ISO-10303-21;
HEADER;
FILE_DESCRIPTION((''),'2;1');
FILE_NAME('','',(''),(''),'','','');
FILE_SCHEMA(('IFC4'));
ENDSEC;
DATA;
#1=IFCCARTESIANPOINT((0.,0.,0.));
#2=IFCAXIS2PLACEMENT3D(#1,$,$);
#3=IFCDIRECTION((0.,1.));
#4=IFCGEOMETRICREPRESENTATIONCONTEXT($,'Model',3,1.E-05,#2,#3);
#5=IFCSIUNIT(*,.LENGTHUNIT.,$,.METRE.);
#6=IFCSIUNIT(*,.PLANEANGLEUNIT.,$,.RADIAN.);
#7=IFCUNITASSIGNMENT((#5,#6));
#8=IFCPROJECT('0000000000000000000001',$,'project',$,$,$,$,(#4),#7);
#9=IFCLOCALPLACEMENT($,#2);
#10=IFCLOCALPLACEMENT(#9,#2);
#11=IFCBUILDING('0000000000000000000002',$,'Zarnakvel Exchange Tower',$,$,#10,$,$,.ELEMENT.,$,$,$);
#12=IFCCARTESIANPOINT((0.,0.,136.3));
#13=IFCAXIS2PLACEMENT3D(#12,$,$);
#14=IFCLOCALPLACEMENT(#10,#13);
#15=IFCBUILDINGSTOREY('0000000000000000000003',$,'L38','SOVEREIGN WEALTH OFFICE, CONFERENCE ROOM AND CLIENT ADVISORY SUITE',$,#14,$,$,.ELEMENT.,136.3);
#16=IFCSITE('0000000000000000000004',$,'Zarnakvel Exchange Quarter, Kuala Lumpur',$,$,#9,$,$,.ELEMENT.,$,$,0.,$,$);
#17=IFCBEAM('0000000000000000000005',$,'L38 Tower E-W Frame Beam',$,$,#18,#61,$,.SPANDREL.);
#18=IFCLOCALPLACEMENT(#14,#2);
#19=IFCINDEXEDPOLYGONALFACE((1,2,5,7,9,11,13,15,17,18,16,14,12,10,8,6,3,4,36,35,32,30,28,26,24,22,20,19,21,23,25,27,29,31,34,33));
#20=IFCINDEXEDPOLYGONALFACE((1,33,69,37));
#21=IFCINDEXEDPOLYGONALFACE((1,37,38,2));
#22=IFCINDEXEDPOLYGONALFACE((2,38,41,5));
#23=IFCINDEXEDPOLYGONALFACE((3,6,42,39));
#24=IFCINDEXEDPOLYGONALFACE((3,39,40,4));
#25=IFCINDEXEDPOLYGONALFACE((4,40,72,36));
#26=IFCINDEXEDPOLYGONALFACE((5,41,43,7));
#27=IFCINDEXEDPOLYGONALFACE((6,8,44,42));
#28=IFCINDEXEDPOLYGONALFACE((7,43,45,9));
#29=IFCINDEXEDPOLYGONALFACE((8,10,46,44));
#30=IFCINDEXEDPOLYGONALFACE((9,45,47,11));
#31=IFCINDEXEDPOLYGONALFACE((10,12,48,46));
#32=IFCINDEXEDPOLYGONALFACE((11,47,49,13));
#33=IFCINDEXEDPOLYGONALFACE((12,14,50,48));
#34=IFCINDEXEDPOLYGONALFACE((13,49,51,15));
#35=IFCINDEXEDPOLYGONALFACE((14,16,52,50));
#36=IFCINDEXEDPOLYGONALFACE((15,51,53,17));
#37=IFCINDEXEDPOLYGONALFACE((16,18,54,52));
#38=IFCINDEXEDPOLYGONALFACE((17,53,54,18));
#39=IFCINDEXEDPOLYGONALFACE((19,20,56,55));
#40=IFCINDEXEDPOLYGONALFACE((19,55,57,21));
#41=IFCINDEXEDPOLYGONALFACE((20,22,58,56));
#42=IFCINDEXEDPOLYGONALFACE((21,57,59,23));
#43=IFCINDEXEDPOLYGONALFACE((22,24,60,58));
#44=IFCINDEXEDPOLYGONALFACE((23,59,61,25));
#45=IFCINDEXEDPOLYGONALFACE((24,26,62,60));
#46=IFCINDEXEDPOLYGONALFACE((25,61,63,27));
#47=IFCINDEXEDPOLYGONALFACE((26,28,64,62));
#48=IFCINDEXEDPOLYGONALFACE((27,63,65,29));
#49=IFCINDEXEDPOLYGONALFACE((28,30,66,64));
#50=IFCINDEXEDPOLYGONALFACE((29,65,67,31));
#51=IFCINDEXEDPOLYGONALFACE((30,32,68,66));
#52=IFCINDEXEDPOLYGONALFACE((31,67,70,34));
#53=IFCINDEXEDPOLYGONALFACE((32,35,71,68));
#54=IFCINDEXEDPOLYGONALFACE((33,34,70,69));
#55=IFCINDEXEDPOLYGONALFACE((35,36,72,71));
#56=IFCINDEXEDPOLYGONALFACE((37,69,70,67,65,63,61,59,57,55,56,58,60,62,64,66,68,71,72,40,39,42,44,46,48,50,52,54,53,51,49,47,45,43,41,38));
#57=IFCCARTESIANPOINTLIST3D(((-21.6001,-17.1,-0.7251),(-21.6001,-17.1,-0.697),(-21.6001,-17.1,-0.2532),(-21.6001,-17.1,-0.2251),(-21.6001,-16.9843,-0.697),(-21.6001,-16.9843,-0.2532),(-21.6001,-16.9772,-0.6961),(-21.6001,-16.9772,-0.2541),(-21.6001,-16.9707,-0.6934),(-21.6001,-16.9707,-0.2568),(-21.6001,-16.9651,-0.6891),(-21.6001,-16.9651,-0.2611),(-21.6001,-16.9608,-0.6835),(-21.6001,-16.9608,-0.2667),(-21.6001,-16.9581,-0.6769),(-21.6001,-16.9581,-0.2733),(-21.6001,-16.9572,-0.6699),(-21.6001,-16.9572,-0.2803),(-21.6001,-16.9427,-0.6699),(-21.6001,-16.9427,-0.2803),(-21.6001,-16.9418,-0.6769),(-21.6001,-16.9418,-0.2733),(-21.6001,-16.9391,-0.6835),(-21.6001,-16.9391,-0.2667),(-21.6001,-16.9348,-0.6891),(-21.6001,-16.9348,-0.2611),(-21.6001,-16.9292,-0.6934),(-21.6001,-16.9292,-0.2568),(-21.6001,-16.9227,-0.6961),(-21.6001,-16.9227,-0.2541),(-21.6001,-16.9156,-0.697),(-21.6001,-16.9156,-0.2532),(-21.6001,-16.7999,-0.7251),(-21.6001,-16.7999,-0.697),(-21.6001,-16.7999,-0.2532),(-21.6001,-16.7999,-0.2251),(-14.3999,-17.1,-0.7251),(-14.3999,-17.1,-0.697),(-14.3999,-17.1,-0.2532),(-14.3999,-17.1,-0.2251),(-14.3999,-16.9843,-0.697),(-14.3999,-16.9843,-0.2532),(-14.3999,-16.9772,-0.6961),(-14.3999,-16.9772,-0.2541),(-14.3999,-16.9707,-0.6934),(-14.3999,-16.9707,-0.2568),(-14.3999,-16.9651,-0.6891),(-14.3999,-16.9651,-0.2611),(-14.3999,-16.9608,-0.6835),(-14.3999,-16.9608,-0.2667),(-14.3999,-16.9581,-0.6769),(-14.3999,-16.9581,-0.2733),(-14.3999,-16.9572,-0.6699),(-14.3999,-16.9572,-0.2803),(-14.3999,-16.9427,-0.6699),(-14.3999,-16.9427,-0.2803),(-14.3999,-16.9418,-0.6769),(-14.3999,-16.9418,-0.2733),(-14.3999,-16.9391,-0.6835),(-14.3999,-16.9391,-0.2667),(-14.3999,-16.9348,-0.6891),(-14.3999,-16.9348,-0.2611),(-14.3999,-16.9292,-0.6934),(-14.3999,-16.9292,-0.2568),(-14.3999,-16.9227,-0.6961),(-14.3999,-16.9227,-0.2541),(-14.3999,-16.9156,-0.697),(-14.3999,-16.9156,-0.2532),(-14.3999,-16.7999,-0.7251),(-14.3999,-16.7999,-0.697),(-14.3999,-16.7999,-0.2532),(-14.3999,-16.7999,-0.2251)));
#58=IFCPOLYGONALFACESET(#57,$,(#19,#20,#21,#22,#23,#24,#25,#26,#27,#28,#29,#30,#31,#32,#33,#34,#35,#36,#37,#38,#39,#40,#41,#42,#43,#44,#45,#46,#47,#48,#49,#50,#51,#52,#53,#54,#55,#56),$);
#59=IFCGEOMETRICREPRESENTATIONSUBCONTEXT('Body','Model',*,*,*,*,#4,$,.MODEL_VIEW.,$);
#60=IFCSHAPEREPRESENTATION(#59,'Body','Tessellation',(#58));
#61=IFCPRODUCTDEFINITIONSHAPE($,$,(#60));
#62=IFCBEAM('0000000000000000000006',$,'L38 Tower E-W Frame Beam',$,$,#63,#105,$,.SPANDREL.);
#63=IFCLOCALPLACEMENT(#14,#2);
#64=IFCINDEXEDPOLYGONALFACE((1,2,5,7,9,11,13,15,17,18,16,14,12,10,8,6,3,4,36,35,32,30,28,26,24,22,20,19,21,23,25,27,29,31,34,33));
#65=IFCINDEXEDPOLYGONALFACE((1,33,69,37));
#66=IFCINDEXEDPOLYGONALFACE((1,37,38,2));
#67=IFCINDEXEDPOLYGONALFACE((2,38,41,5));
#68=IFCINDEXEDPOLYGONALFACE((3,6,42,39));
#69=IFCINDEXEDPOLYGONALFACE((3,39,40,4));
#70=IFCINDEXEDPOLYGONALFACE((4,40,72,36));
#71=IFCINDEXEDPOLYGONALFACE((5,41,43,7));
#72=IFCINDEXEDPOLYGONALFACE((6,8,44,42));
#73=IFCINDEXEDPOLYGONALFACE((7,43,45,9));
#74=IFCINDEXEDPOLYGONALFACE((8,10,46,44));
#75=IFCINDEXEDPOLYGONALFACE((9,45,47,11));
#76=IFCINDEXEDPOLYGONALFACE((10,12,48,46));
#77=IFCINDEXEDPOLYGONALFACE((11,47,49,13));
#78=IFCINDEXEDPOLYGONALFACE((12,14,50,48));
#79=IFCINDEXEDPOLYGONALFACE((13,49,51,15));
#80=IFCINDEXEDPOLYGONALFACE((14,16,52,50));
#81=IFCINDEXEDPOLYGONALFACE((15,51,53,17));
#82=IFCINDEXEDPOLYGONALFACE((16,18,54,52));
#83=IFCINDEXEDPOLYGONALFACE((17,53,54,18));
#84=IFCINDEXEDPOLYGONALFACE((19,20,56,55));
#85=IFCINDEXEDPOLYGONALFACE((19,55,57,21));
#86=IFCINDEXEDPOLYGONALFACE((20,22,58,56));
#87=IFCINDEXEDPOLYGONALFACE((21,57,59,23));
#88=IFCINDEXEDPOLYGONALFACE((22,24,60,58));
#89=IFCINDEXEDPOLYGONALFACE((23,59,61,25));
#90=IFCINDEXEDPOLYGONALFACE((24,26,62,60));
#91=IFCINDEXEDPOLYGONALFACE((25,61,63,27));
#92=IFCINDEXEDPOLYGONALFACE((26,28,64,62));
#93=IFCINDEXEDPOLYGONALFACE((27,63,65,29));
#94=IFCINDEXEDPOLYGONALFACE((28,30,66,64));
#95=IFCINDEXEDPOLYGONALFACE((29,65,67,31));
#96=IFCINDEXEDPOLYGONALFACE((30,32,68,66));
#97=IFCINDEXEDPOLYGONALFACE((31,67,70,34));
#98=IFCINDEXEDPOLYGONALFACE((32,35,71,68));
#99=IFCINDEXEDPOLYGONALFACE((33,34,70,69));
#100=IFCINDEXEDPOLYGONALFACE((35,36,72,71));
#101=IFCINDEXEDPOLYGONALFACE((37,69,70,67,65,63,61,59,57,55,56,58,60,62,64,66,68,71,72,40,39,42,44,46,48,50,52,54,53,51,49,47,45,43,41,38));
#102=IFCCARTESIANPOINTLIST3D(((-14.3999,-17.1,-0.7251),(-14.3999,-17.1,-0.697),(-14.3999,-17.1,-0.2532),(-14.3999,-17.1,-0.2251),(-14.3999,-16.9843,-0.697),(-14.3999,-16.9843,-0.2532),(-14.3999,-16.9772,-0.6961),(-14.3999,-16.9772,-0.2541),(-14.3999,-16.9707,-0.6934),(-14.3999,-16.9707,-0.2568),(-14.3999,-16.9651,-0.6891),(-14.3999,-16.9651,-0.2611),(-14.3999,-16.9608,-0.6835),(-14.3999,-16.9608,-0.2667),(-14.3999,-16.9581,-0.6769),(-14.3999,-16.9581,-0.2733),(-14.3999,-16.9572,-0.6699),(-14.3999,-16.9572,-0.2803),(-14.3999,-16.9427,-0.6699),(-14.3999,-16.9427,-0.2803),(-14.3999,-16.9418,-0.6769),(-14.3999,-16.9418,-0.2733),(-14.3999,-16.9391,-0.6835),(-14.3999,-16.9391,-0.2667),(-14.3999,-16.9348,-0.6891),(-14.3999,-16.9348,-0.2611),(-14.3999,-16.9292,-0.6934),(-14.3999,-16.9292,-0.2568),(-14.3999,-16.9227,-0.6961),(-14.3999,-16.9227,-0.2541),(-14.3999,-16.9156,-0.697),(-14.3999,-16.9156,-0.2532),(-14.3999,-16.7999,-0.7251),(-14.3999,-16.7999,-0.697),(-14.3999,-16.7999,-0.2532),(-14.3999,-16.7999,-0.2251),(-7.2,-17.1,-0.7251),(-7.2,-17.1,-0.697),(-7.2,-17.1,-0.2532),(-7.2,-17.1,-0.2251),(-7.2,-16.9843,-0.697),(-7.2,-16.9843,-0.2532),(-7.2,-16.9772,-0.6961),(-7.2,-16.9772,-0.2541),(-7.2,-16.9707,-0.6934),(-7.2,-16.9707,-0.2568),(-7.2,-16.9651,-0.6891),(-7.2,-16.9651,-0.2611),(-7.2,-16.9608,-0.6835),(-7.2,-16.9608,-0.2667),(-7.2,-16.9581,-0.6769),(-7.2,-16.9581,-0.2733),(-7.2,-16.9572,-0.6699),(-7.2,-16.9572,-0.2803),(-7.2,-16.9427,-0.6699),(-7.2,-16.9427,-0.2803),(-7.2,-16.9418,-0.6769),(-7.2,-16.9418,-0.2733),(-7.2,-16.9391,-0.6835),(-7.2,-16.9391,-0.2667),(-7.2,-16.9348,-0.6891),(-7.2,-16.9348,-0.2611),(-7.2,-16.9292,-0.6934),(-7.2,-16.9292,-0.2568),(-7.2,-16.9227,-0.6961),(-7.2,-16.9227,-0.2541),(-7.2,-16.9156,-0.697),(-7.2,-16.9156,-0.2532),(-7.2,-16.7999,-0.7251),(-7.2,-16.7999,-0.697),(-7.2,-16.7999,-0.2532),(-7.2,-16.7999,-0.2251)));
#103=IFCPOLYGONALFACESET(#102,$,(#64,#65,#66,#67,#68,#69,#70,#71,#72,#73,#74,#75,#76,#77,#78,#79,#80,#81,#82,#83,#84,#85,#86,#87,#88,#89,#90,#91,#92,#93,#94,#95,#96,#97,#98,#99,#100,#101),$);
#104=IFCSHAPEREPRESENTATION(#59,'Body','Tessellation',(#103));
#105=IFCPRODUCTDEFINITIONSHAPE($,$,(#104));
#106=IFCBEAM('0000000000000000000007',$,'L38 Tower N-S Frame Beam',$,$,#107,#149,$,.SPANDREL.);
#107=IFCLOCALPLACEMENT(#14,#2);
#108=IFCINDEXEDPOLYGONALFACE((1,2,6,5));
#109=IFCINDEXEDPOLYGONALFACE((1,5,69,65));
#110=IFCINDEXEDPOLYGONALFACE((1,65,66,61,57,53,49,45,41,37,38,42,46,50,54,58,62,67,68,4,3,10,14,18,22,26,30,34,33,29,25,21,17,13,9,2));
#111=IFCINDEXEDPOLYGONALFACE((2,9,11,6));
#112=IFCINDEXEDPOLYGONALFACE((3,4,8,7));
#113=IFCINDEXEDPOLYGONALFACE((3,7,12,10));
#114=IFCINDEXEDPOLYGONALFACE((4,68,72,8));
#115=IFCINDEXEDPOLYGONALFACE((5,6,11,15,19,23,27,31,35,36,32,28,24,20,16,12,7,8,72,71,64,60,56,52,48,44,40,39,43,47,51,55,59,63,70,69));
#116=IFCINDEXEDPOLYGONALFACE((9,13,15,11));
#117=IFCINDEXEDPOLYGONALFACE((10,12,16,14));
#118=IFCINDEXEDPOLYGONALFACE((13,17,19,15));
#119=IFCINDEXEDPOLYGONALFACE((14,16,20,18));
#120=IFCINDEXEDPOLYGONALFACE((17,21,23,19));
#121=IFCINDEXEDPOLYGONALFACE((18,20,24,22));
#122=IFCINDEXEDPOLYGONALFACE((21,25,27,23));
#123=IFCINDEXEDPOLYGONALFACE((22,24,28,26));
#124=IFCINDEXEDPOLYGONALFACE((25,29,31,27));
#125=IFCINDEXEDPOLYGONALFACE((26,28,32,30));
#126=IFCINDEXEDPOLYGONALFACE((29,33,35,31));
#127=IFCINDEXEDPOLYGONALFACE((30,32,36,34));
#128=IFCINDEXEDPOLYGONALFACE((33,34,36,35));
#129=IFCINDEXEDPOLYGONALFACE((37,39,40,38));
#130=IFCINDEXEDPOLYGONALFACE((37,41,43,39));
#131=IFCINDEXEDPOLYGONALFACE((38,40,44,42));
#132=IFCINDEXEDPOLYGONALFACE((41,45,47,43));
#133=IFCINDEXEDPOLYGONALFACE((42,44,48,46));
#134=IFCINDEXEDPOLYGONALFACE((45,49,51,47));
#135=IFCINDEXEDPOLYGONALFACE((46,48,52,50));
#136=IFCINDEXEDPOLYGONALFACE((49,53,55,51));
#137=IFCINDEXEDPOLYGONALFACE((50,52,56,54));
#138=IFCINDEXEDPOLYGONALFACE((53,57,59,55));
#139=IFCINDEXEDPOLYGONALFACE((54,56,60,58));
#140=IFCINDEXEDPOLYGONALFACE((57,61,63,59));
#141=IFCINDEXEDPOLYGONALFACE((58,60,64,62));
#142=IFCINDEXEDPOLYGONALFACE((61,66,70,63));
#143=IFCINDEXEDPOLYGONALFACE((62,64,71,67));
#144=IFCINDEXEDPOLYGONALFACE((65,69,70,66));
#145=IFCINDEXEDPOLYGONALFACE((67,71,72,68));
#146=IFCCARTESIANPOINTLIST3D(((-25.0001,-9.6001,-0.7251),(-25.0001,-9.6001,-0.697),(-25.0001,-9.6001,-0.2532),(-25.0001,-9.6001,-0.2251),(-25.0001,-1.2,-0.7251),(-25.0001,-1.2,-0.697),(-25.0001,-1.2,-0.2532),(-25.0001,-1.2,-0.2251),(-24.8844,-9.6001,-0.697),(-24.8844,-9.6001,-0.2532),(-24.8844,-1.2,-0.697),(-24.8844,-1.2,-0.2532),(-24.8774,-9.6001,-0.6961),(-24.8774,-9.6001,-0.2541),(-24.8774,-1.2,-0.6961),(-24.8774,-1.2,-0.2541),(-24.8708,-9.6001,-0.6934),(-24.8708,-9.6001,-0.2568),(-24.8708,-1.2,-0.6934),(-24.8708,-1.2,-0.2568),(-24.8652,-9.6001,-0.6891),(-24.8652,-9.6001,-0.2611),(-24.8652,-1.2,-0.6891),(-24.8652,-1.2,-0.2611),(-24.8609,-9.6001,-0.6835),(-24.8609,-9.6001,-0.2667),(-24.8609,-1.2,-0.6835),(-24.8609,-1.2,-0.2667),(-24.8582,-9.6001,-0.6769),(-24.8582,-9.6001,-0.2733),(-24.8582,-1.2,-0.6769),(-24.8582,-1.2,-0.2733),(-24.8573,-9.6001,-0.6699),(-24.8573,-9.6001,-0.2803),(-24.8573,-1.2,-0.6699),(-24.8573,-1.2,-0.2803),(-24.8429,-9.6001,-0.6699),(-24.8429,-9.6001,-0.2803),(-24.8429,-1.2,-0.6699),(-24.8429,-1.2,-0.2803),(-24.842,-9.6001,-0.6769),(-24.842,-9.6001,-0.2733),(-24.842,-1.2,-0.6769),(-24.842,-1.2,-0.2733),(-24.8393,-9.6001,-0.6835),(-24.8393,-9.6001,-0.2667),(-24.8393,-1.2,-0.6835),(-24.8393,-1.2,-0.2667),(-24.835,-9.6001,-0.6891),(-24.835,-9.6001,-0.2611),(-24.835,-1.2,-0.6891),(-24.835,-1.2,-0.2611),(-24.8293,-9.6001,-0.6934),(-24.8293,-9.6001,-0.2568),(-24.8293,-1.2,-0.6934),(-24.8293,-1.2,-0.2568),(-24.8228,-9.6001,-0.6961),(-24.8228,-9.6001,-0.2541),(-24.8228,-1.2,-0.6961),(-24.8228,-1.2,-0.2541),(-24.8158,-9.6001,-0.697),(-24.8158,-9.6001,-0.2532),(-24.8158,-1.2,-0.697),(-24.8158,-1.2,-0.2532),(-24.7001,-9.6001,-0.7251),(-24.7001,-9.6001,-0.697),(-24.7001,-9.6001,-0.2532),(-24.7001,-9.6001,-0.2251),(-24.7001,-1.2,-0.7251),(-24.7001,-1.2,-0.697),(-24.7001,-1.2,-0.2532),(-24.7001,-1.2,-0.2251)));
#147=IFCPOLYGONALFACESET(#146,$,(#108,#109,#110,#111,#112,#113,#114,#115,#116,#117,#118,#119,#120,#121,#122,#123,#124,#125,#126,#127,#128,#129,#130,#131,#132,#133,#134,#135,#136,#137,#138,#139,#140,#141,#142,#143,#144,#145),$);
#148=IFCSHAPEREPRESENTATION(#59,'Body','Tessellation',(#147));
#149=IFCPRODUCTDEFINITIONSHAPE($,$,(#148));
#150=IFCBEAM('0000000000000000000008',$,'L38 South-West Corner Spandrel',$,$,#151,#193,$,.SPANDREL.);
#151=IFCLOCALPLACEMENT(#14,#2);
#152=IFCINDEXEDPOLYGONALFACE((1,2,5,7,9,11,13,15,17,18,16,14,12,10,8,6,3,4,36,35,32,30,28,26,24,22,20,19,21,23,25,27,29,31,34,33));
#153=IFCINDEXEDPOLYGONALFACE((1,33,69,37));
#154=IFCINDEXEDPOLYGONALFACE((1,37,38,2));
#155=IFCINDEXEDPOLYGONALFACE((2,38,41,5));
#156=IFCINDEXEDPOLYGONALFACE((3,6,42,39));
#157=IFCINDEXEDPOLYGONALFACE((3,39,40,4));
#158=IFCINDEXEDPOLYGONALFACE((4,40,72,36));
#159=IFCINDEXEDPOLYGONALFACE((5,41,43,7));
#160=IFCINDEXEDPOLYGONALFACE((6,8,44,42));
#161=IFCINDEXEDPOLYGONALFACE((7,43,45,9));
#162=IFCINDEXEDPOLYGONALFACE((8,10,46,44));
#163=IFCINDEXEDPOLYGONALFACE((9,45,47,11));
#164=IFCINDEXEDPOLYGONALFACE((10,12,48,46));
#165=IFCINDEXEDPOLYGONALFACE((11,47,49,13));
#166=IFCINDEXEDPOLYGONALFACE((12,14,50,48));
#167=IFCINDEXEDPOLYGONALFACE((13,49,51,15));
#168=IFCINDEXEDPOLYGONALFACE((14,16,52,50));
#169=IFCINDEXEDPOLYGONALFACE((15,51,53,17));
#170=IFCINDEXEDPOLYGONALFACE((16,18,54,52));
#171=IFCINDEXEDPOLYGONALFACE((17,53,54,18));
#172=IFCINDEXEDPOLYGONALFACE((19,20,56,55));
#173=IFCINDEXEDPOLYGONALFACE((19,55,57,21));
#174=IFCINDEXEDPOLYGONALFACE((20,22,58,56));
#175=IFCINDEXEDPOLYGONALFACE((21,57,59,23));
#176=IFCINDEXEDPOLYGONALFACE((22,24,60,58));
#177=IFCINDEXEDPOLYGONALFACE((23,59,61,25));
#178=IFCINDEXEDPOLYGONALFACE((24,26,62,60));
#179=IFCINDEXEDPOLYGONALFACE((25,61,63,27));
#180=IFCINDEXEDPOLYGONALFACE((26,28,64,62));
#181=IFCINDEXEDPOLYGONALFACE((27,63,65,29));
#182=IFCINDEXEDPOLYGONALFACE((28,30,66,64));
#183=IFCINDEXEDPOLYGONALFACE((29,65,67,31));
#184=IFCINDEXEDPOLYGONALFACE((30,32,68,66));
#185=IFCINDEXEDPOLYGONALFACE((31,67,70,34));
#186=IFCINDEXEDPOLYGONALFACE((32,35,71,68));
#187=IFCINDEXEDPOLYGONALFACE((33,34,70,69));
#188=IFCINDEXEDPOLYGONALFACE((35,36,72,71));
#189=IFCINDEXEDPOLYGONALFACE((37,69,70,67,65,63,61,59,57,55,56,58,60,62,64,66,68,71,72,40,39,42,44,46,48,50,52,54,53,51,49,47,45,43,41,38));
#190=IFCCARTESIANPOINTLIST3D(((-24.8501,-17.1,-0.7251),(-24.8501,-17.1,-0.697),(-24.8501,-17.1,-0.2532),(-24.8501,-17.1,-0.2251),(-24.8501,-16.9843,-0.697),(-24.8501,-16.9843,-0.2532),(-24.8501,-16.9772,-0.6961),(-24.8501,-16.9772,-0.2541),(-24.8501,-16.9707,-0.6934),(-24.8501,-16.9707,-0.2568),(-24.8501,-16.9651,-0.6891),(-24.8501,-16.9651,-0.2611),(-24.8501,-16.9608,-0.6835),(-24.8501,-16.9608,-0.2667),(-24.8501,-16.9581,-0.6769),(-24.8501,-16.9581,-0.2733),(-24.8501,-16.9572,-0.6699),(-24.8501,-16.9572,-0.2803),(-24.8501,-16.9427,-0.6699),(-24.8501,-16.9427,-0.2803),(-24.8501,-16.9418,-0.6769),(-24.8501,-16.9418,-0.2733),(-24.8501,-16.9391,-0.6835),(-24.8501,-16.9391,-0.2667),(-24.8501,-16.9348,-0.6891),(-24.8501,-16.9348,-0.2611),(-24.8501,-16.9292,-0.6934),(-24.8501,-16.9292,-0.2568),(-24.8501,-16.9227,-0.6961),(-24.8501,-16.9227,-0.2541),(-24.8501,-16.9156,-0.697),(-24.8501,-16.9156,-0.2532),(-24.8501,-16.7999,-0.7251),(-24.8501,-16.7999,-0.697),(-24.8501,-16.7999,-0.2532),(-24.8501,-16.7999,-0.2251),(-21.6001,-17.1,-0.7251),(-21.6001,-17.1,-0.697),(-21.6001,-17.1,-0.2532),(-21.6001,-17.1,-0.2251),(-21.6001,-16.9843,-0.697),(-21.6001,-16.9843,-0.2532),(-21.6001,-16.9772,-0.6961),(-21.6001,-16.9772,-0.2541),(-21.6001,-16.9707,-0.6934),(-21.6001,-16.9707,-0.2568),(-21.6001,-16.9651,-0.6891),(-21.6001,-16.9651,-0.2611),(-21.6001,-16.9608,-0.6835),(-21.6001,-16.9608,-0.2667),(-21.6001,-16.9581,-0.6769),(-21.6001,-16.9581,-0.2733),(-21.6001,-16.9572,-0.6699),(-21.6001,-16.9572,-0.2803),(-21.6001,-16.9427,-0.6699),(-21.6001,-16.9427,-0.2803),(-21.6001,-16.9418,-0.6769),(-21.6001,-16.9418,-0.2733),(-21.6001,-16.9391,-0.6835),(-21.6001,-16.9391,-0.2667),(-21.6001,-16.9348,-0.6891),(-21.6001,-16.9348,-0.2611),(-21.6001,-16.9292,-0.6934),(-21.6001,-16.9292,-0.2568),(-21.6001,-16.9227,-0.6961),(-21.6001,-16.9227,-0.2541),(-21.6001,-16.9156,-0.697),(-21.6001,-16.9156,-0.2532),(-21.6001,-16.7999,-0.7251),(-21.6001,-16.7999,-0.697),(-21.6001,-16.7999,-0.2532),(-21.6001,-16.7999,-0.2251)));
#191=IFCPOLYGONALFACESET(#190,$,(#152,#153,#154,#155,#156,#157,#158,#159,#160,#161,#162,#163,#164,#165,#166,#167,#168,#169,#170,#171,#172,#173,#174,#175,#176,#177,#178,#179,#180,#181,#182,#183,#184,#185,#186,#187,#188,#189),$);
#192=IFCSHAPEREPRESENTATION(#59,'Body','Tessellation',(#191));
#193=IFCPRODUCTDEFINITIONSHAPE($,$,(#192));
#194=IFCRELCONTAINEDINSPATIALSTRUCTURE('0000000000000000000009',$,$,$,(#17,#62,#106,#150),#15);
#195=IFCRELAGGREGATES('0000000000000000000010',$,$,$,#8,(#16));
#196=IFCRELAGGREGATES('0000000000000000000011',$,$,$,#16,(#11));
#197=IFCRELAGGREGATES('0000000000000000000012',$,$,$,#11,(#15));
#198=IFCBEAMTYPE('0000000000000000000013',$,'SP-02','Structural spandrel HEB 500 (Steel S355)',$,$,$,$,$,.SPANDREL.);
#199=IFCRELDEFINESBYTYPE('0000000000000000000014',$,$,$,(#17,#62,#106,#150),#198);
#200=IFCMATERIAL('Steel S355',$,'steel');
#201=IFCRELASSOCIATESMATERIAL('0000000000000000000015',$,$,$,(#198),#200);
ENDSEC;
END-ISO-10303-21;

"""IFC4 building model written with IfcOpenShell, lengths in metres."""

from ifc_helpers import new_model, si_unit, direction, frame, origin, origin_2d, place, context, subcontext, project, spatial, i_section, extrude, material, material_profile, profile_set, type_object, element, save


model = new_model("IFC4")

# Units and contexts
model_context = context("Model", 3, precision=1e-05, world=origin(), true_north=direction((0.0, 1.0)))
body_context = subcontext(model_context, "Body", "Model", "MODEL_VIEW")
ifc_project = project(units=[si_unit("LENGTHUNIT", "METRE"), si_unit("PLANEANGLEUNIT", "RADIAN")], contexts=[model_context])

# Site, building, storey
site_placement = place(None, origin())
site = spatial("IfcSite", under=ifc_project, at=site_placement, Name="Zarnakvel Exchange Quarter, Kuala Lumpur", CompositionType="ELEMENT", RefElevation=0.0)
building_placement = place(site_placement, origin())
building = spatial("IfcBuilding", under=site, at=building_placement, Name="Zarnakvel Exchange Tower", CompositionType="ELEMENT")
storey_placement = place(building_placement, frame((0.0, 0.0, 136.3)))
storey = spatial("IfcBuildingStorey", under=building, at=storey_placement, Name="L38", Description="SOVEREIGN WEALTH OFFICE, CONFERENCE ROOM AND CLIENT ADVISORY SUITE", CompositionType="ELEMENT", Elevation=136.3)

# Shared definitions
ifc_material_1 = material(Name="Steel S355", Category="steel")

# Beams
ifc_material_profile_1 = material_profile(ifc_material_1, i_section(OverallWidth=0.3, OverallDepth=0.5, WebThickness=0.0144, FlangeThickness=0.0281, FilletRadius=0.0271, at=origin_2d()))
ifc_profile_set_1 = profile_set([ifc_material_profile_1], Name="Steel S355")
beam_type_1 = type_object("IfcBeamType", Name="SP-02", Description="Structural spandrel HEB 500 (Steel S355)", PredefinedType="SPANDREL", material=ifc_profile_set_1)
beam_1_placement = place(storey_placement, frame((-21.6001, -16.95, -0.4751), z_axis=(1.0, 0.0, 0.0), x_axis=(0.0, 1.0, 0.0)))
element("IfcBeam", 1, at=beam_1_placement, inside=storey, type_object=beam_type_1, Name="L38 Tower E-W Frame Beam", PredefinedType="SPANDREL", context=body_context, shape_type="SweptSolid", body=[
    extrude(i_section(OverallWidth=0.3, OverallDepth=0.5, WebThickness=0.0144, FlangeThickness=0.0281, FilletRadius=0.0271, at=origin_2d()), origin(), (0.0, 0.0, 1.0), 7.2002),
])
beam_2_placement = place(storey_placement, frame((-14.3999, -16.95, -0.4751), z_axis=(1.0, 0.0, 0.0), x_axis=(0.0, 1.0, 0.0)))
element("IfcBeam", 2, at=beam_2_placement, inside=storey, type_object=beam_type_1, Name="L38 Tower E-W Frame Beam", PredefinedType="SPANDREL", context=body_context, shape_type="SweptSolid", body=[
    extrude(i_section(OverallWidth=0.3, OverallDepth=0.5, WebThickness=0.0144, FlangeThickness=0.0281, FilletRadius=0.0271, at=origin_2d()), origin(), (0.0, 0.0, 1.0), 7.2),
])
beam_3_placement = place(storey_placement, frame((-24.8501, -9.6001, -0.4751), z_axis=(0.0, 1.0, 0.0), x_axis=(-1.0, 0.0, 0.0)))
element("IfcBeam", 3, at=beam_3_placement, inside=storey, type_object=beam_type_1, Name="L38 Tower N-S Frame Beam", PredefinedType="SPANDREL", context=body_context, shape_type="SweptSolid", body=[
    extrude(i_section(OverallWidth=0.3, OverallDepth=0.5, WebThickness=0.0144, FlangeThickness=0.0281, FilletRadius=0.0271, at=origin_2d()), origin(), (0.0, 0.0, 1.0), 8.4001),
])
beam_4_placement = place(storey_placement, frame((-24.8501, -16.95, -0.4751), z_axis=(1.0, 0.0, 0.0), x_axis=(0.0, 1.0, 0.0)))
element("IfcBeam", 4, at=beam_4_placement, inside=storey, type_object=beam_type_1, Name="L38 South-West Corner Spandrel", PredefinedType="SPANDREL", context=body_context, shape_type="SweptSolid", body=[
    extrude(i_section(OverallWidth=0.3, OverallDepth=0.5, WebThickness=0.0144, FlangeThickness=0.0281, FilletRadius=0.0271, at=origin_2d()), origin(), (0.0, 0.0, 1.0), 3.25),
])

save(model, "model.ifc")
